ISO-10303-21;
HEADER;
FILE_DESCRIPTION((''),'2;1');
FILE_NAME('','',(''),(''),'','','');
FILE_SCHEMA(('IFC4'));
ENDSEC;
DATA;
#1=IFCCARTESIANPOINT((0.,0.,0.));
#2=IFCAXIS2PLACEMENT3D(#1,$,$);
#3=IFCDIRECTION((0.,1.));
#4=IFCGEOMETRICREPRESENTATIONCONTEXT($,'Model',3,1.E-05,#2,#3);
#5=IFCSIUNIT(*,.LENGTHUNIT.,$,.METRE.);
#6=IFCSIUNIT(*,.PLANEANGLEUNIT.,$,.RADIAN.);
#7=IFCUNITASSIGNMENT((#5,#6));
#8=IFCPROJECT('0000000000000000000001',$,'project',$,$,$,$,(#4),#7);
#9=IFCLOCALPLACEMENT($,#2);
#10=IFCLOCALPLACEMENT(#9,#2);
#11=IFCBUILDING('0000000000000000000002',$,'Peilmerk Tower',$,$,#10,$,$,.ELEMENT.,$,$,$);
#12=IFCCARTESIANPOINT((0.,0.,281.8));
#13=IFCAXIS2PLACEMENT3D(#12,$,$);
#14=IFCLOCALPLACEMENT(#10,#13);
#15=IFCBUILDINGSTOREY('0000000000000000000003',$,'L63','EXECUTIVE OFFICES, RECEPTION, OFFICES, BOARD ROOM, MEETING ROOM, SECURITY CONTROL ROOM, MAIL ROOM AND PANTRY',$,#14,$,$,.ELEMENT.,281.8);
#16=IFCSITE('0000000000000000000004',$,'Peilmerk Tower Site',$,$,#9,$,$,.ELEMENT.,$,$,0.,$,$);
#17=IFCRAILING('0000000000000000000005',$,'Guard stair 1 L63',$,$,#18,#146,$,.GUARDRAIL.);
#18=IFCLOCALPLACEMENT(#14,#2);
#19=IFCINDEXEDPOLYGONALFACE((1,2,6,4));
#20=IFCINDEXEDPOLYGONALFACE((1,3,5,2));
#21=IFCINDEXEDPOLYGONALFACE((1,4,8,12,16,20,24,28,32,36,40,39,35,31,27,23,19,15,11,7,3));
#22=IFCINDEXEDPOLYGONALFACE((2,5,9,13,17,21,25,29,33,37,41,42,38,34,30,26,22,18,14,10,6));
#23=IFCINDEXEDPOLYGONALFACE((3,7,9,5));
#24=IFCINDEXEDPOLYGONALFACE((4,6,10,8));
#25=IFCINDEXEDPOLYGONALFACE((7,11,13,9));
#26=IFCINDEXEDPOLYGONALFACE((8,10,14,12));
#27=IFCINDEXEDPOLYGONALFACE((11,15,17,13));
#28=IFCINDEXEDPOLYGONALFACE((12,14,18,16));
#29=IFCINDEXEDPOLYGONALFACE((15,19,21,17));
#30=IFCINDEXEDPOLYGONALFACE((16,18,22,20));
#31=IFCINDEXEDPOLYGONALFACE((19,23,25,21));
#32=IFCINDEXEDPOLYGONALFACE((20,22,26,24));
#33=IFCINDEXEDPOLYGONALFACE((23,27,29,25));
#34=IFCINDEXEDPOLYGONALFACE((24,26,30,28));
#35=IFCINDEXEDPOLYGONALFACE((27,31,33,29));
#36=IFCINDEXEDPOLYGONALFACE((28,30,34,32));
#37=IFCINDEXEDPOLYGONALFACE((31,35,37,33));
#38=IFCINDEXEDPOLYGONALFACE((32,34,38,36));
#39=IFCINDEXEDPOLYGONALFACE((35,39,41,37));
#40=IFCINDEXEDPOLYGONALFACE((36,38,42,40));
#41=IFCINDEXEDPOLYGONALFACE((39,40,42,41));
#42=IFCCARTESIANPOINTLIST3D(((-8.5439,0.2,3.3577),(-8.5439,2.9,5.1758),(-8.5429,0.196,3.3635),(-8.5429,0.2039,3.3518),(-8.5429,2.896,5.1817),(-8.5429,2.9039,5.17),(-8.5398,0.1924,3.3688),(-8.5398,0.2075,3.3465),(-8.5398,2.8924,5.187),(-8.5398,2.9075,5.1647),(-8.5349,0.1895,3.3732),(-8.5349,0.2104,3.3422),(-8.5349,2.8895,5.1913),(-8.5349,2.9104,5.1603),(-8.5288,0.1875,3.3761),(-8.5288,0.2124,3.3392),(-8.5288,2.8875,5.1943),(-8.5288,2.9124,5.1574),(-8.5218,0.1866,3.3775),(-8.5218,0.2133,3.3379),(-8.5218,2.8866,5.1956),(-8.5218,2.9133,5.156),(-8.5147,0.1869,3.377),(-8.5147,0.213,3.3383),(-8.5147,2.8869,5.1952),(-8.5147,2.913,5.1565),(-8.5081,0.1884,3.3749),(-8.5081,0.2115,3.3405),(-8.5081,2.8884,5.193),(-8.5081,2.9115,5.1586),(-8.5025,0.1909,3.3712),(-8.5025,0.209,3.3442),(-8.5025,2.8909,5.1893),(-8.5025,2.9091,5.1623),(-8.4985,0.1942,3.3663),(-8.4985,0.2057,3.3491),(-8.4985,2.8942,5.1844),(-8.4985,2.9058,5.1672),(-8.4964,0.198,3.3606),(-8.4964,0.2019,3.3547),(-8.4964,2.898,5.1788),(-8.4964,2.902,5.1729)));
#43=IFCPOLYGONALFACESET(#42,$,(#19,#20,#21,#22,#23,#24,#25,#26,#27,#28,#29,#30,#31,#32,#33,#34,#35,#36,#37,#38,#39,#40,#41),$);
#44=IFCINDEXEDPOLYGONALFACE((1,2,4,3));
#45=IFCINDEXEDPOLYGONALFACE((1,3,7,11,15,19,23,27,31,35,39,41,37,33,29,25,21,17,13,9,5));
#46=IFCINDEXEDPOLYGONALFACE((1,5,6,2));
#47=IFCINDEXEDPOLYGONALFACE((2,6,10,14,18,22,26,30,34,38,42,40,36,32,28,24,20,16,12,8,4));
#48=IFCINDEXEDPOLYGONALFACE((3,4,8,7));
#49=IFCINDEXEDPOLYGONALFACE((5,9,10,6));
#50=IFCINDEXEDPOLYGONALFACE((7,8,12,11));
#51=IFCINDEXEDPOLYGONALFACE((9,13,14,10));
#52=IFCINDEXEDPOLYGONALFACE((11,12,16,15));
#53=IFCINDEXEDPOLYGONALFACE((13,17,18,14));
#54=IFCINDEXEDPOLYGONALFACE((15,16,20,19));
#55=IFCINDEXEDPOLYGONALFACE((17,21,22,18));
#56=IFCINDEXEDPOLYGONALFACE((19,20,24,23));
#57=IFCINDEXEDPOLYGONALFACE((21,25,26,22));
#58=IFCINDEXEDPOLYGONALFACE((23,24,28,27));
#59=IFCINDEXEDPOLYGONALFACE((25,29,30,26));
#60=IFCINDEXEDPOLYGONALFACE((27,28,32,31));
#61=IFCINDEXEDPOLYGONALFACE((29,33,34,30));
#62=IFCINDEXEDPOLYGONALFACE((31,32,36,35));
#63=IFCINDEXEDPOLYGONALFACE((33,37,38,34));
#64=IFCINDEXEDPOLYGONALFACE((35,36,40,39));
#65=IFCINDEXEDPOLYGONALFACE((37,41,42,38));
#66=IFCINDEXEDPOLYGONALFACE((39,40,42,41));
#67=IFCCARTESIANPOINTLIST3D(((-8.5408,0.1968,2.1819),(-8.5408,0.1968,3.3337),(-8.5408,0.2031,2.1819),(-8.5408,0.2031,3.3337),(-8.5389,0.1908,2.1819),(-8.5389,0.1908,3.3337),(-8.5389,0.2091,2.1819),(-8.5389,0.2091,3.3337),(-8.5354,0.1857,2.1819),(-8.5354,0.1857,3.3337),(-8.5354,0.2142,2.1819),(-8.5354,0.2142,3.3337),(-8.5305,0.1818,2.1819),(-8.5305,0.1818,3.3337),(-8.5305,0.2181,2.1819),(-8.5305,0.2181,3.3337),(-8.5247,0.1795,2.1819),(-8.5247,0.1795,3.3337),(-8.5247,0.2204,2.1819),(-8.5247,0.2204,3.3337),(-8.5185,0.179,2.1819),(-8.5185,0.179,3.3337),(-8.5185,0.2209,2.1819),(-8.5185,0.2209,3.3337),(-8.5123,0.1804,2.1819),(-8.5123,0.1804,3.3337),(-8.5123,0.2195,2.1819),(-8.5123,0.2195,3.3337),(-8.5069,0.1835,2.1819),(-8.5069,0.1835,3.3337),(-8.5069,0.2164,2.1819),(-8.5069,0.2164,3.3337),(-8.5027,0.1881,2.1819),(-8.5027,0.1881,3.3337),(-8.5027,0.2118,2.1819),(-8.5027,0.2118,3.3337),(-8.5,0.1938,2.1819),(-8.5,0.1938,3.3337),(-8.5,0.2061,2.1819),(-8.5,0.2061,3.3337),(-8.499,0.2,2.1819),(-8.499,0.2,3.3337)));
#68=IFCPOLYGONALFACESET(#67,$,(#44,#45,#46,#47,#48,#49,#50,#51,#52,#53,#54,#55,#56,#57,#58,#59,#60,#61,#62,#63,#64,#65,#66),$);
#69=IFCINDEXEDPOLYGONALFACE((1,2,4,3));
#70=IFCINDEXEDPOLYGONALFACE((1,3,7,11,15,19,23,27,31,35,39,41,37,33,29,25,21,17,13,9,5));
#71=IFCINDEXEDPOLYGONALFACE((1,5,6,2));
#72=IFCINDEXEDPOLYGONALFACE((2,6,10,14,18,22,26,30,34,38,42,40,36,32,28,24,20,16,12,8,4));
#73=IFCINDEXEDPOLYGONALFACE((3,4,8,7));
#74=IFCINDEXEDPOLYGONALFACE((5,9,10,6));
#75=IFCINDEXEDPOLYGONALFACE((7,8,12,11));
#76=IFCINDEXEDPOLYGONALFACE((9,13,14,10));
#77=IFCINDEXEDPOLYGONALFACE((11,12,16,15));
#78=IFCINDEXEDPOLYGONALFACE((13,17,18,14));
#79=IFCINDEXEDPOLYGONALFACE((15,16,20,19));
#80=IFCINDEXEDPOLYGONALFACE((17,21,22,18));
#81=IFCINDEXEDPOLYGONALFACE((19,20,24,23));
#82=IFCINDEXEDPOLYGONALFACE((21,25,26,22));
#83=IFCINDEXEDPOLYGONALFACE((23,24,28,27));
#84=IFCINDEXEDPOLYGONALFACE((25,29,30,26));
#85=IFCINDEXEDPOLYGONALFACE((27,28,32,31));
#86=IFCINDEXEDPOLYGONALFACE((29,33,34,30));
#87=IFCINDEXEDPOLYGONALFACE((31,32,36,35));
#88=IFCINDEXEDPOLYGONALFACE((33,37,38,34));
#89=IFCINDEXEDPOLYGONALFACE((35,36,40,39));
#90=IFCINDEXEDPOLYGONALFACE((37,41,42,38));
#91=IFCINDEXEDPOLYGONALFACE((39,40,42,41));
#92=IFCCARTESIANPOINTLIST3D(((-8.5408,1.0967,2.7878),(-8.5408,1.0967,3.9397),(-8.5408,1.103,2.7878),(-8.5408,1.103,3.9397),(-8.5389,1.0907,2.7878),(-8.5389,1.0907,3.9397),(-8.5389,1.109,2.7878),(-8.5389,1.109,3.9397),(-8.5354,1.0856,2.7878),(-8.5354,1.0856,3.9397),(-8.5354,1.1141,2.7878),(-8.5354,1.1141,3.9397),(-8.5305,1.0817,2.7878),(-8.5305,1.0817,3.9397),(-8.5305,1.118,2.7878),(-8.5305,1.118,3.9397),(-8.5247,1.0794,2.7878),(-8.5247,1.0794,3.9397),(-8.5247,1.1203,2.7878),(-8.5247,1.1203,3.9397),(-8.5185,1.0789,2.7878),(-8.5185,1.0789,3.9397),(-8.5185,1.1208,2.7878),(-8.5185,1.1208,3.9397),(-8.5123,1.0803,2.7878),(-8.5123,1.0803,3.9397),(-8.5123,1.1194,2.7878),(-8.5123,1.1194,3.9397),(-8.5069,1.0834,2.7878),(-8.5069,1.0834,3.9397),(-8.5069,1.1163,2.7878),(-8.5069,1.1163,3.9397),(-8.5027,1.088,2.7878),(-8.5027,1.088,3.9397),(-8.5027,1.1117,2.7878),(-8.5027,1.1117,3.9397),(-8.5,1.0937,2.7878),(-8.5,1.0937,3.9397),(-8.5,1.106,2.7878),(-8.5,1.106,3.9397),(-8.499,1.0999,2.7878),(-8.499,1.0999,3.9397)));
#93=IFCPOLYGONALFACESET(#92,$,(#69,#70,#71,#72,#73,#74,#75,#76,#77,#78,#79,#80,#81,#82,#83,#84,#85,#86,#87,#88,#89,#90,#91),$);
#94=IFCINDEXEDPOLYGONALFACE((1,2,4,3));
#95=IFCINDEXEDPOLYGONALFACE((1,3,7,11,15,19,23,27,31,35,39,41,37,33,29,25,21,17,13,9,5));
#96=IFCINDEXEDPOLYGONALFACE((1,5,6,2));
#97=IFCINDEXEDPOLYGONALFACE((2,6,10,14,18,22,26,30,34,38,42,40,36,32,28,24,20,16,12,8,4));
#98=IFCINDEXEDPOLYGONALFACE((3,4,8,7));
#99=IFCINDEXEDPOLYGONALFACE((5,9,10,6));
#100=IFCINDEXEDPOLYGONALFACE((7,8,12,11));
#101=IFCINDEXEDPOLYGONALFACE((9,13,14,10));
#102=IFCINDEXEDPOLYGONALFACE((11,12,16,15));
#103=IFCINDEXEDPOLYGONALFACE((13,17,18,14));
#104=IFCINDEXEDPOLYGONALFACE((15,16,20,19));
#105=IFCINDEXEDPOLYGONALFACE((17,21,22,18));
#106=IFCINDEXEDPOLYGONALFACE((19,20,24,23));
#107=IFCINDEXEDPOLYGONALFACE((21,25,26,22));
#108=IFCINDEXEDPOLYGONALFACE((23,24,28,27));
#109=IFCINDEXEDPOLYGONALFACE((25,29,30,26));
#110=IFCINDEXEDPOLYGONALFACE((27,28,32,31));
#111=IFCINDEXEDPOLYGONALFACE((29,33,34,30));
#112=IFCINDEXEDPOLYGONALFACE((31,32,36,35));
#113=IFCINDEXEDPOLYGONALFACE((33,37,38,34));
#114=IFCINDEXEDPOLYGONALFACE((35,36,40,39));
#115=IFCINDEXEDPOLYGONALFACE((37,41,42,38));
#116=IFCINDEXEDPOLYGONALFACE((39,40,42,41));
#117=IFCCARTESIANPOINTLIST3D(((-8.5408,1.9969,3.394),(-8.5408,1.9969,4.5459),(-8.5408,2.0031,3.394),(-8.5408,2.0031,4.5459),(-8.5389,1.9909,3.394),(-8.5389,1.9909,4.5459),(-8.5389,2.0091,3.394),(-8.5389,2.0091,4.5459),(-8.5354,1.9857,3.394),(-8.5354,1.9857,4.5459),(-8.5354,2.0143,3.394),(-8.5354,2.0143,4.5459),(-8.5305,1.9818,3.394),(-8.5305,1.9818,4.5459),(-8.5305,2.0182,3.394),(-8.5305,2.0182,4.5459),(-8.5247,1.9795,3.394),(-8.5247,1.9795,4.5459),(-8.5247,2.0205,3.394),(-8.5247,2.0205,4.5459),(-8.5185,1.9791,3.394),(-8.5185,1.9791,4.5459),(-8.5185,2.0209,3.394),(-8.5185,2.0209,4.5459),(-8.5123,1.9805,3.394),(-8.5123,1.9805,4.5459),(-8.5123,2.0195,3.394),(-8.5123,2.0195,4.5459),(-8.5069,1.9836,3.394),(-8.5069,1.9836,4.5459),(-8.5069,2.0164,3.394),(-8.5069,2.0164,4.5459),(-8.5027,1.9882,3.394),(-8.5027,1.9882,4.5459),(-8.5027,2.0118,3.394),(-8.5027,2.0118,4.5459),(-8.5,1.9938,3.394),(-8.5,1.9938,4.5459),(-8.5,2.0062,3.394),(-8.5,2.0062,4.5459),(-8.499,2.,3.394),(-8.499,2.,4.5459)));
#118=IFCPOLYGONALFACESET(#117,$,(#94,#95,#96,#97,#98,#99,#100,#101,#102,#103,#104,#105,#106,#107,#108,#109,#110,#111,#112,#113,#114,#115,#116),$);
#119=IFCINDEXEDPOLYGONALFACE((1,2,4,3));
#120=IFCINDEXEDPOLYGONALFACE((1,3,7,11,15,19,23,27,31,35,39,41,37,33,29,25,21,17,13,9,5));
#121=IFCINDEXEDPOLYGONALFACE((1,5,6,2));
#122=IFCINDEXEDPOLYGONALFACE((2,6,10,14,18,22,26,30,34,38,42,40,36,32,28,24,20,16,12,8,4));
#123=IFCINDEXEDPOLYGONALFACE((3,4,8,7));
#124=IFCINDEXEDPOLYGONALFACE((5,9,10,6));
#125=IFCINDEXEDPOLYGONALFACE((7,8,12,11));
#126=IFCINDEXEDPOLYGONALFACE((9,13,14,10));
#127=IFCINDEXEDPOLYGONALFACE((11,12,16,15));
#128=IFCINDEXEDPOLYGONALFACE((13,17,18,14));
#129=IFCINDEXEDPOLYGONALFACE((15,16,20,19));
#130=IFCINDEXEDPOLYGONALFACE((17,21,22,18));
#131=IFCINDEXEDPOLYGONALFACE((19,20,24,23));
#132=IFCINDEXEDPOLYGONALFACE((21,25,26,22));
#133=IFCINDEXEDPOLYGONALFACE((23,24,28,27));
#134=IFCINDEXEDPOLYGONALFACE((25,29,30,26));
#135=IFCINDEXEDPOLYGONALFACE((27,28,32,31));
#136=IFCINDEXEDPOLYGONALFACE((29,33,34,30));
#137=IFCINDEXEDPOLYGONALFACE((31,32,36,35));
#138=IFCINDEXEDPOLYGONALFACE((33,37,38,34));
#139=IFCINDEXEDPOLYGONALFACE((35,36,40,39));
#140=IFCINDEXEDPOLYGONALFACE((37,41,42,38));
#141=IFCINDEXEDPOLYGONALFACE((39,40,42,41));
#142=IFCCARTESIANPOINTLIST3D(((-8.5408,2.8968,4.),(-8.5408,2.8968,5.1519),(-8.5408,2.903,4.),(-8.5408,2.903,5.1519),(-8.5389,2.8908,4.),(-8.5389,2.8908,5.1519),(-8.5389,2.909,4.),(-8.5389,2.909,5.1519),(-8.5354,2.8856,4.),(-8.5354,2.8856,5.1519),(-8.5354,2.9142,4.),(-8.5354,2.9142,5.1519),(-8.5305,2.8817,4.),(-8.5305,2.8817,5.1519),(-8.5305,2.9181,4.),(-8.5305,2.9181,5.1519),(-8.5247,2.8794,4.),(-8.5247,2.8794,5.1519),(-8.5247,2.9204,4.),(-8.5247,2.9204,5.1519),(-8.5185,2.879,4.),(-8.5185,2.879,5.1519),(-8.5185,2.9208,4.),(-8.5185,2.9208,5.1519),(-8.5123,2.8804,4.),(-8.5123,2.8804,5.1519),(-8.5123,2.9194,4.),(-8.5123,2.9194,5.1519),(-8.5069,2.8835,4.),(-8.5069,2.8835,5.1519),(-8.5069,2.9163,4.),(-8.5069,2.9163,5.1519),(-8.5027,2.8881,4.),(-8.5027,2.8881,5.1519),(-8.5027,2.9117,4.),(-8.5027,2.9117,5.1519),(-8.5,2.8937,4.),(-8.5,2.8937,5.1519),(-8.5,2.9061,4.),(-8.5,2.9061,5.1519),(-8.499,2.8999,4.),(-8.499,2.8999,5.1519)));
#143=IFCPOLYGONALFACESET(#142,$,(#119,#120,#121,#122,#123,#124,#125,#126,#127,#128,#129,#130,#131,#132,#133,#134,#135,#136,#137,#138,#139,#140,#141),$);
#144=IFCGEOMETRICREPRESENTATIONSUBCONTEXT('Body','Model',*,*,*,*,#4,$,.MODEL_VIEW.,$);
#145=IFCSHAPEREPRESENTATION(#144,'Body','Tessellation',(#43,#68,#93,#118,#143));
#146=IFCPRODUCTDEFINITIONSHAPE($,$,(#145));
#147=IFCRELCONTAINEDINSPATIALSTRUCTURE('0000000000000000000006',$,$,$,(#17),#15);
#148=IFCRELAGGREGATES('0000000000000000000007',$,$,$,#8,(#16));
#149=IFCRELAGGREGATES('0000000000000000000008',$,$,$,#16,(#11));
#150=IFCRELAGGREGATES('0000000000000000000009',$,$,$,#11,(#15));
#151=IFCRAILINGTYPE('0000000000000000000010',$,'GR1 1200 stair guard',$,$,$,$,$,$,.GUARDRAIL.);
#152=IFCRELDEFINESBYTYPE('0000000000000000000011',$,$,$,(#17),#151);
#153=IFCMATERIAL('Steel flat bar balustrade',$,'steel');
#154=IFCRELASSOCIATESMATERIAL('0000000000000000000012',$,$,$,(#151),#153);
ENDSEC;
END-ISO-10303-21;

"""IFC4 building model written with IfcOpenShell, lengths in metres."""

from ifc_helpers import new_model, si_unit, direction, frame, origin, origin_2d, place, context, subcontext, project, spatial, circle, extrude, material, type_object, element, save


model = new_model("IFC4")

# Units and contexts
model_context = context("Model", 3, precision=1e-05, world=origin(), true_north=direction((0.0, 1.0)))
body_context = subcontext(model_context, "Body", "Model", "MODEL_VIEW")
ifc_project = project(units=[si_unit("LENGTHUNIT", "METRE"), si_unit("PLANEANGLEUNIT", "RADIAN")], contexts=[model_context])

# Site, building, storey
site_placement = place(None, origin())
site = spatial("IfcSite", under=ifc_project, at=site_placement, Name="Peilmerk Tower Site", CompositionType="ELEMENT", RefElevation=0.0)
building_placement = place(site_placement, origin())
building = spatial("IfcBuilding", under=site, at=building_placement, Name="Peilmerk Tower", CompositionType="ELEMENT")
storey_placement = place(building_placement, frame((0.0, 0.0, 281.8)))
storey = spatial("IfcBuildingStorey", under=building, at=storey_placement, Name="L63", Description="EXECUTIVE OFFICES, RECEPTION, OFFICES, BOARD ROOM, MEETING ROOM, SECURITY CONTROL ROOM, MAIL ROOM AND PANTRY", CompositionType="ELEMENT", Elevation=281.8)

# Railing
ifc_material_1 = material(Name="Steel flat bar balustrade", Category="steel")
railing_type_1 = type_object("IfcRailingType", Name="GR1 1200 stair guard", PredefinedType="GUARDRAIL", material=ifc_material_1)
railing_1_placement = place(storey_placement, frame((-8.52, 0.2, 2.1819)))
element("IfcRailing", 1, at=railing_1_placement, inside=storey, type_object=railing_type_1, Name="Guard stair 1 L63", PredefinedType="GUARDRAIL", context=body_context, shape_type="SweptSolid", body=[
    extrude(circle(Radius=0.0239, at=origin_2d()), frame((0.0, 0.0, 1.1758), z_axis=(0.0, 0.829468, 0.558554), x_axis=(-1.0, 0.0, 0.0)), (0.0, 0.0, 1.0), 3.2551),
    extrude(circle(Radius=0.021, at=origin_2d()), origin(), (0.0, 0.0, 1.0), 1.1519),
    extrude(circle(Radius=0.021, at=origin_2d()), frame((0.0, 0.8999, 0.606)), (0.0, 0.0, 1.0), 1.1519),
    extrude(circle(Radius=0.021, at=origin_2d()), frame((0.0, 1.8, 1.2122)), (0.0, 0.0, 1.0), 1.1519),
    extrude(circle(Radius=0.021, at=origin_2d()), frame((0.0, 2.7, 1.8181)), (0.0, 0.0, 1.0), 1.1519),
])

save(model, "model.ifc")
